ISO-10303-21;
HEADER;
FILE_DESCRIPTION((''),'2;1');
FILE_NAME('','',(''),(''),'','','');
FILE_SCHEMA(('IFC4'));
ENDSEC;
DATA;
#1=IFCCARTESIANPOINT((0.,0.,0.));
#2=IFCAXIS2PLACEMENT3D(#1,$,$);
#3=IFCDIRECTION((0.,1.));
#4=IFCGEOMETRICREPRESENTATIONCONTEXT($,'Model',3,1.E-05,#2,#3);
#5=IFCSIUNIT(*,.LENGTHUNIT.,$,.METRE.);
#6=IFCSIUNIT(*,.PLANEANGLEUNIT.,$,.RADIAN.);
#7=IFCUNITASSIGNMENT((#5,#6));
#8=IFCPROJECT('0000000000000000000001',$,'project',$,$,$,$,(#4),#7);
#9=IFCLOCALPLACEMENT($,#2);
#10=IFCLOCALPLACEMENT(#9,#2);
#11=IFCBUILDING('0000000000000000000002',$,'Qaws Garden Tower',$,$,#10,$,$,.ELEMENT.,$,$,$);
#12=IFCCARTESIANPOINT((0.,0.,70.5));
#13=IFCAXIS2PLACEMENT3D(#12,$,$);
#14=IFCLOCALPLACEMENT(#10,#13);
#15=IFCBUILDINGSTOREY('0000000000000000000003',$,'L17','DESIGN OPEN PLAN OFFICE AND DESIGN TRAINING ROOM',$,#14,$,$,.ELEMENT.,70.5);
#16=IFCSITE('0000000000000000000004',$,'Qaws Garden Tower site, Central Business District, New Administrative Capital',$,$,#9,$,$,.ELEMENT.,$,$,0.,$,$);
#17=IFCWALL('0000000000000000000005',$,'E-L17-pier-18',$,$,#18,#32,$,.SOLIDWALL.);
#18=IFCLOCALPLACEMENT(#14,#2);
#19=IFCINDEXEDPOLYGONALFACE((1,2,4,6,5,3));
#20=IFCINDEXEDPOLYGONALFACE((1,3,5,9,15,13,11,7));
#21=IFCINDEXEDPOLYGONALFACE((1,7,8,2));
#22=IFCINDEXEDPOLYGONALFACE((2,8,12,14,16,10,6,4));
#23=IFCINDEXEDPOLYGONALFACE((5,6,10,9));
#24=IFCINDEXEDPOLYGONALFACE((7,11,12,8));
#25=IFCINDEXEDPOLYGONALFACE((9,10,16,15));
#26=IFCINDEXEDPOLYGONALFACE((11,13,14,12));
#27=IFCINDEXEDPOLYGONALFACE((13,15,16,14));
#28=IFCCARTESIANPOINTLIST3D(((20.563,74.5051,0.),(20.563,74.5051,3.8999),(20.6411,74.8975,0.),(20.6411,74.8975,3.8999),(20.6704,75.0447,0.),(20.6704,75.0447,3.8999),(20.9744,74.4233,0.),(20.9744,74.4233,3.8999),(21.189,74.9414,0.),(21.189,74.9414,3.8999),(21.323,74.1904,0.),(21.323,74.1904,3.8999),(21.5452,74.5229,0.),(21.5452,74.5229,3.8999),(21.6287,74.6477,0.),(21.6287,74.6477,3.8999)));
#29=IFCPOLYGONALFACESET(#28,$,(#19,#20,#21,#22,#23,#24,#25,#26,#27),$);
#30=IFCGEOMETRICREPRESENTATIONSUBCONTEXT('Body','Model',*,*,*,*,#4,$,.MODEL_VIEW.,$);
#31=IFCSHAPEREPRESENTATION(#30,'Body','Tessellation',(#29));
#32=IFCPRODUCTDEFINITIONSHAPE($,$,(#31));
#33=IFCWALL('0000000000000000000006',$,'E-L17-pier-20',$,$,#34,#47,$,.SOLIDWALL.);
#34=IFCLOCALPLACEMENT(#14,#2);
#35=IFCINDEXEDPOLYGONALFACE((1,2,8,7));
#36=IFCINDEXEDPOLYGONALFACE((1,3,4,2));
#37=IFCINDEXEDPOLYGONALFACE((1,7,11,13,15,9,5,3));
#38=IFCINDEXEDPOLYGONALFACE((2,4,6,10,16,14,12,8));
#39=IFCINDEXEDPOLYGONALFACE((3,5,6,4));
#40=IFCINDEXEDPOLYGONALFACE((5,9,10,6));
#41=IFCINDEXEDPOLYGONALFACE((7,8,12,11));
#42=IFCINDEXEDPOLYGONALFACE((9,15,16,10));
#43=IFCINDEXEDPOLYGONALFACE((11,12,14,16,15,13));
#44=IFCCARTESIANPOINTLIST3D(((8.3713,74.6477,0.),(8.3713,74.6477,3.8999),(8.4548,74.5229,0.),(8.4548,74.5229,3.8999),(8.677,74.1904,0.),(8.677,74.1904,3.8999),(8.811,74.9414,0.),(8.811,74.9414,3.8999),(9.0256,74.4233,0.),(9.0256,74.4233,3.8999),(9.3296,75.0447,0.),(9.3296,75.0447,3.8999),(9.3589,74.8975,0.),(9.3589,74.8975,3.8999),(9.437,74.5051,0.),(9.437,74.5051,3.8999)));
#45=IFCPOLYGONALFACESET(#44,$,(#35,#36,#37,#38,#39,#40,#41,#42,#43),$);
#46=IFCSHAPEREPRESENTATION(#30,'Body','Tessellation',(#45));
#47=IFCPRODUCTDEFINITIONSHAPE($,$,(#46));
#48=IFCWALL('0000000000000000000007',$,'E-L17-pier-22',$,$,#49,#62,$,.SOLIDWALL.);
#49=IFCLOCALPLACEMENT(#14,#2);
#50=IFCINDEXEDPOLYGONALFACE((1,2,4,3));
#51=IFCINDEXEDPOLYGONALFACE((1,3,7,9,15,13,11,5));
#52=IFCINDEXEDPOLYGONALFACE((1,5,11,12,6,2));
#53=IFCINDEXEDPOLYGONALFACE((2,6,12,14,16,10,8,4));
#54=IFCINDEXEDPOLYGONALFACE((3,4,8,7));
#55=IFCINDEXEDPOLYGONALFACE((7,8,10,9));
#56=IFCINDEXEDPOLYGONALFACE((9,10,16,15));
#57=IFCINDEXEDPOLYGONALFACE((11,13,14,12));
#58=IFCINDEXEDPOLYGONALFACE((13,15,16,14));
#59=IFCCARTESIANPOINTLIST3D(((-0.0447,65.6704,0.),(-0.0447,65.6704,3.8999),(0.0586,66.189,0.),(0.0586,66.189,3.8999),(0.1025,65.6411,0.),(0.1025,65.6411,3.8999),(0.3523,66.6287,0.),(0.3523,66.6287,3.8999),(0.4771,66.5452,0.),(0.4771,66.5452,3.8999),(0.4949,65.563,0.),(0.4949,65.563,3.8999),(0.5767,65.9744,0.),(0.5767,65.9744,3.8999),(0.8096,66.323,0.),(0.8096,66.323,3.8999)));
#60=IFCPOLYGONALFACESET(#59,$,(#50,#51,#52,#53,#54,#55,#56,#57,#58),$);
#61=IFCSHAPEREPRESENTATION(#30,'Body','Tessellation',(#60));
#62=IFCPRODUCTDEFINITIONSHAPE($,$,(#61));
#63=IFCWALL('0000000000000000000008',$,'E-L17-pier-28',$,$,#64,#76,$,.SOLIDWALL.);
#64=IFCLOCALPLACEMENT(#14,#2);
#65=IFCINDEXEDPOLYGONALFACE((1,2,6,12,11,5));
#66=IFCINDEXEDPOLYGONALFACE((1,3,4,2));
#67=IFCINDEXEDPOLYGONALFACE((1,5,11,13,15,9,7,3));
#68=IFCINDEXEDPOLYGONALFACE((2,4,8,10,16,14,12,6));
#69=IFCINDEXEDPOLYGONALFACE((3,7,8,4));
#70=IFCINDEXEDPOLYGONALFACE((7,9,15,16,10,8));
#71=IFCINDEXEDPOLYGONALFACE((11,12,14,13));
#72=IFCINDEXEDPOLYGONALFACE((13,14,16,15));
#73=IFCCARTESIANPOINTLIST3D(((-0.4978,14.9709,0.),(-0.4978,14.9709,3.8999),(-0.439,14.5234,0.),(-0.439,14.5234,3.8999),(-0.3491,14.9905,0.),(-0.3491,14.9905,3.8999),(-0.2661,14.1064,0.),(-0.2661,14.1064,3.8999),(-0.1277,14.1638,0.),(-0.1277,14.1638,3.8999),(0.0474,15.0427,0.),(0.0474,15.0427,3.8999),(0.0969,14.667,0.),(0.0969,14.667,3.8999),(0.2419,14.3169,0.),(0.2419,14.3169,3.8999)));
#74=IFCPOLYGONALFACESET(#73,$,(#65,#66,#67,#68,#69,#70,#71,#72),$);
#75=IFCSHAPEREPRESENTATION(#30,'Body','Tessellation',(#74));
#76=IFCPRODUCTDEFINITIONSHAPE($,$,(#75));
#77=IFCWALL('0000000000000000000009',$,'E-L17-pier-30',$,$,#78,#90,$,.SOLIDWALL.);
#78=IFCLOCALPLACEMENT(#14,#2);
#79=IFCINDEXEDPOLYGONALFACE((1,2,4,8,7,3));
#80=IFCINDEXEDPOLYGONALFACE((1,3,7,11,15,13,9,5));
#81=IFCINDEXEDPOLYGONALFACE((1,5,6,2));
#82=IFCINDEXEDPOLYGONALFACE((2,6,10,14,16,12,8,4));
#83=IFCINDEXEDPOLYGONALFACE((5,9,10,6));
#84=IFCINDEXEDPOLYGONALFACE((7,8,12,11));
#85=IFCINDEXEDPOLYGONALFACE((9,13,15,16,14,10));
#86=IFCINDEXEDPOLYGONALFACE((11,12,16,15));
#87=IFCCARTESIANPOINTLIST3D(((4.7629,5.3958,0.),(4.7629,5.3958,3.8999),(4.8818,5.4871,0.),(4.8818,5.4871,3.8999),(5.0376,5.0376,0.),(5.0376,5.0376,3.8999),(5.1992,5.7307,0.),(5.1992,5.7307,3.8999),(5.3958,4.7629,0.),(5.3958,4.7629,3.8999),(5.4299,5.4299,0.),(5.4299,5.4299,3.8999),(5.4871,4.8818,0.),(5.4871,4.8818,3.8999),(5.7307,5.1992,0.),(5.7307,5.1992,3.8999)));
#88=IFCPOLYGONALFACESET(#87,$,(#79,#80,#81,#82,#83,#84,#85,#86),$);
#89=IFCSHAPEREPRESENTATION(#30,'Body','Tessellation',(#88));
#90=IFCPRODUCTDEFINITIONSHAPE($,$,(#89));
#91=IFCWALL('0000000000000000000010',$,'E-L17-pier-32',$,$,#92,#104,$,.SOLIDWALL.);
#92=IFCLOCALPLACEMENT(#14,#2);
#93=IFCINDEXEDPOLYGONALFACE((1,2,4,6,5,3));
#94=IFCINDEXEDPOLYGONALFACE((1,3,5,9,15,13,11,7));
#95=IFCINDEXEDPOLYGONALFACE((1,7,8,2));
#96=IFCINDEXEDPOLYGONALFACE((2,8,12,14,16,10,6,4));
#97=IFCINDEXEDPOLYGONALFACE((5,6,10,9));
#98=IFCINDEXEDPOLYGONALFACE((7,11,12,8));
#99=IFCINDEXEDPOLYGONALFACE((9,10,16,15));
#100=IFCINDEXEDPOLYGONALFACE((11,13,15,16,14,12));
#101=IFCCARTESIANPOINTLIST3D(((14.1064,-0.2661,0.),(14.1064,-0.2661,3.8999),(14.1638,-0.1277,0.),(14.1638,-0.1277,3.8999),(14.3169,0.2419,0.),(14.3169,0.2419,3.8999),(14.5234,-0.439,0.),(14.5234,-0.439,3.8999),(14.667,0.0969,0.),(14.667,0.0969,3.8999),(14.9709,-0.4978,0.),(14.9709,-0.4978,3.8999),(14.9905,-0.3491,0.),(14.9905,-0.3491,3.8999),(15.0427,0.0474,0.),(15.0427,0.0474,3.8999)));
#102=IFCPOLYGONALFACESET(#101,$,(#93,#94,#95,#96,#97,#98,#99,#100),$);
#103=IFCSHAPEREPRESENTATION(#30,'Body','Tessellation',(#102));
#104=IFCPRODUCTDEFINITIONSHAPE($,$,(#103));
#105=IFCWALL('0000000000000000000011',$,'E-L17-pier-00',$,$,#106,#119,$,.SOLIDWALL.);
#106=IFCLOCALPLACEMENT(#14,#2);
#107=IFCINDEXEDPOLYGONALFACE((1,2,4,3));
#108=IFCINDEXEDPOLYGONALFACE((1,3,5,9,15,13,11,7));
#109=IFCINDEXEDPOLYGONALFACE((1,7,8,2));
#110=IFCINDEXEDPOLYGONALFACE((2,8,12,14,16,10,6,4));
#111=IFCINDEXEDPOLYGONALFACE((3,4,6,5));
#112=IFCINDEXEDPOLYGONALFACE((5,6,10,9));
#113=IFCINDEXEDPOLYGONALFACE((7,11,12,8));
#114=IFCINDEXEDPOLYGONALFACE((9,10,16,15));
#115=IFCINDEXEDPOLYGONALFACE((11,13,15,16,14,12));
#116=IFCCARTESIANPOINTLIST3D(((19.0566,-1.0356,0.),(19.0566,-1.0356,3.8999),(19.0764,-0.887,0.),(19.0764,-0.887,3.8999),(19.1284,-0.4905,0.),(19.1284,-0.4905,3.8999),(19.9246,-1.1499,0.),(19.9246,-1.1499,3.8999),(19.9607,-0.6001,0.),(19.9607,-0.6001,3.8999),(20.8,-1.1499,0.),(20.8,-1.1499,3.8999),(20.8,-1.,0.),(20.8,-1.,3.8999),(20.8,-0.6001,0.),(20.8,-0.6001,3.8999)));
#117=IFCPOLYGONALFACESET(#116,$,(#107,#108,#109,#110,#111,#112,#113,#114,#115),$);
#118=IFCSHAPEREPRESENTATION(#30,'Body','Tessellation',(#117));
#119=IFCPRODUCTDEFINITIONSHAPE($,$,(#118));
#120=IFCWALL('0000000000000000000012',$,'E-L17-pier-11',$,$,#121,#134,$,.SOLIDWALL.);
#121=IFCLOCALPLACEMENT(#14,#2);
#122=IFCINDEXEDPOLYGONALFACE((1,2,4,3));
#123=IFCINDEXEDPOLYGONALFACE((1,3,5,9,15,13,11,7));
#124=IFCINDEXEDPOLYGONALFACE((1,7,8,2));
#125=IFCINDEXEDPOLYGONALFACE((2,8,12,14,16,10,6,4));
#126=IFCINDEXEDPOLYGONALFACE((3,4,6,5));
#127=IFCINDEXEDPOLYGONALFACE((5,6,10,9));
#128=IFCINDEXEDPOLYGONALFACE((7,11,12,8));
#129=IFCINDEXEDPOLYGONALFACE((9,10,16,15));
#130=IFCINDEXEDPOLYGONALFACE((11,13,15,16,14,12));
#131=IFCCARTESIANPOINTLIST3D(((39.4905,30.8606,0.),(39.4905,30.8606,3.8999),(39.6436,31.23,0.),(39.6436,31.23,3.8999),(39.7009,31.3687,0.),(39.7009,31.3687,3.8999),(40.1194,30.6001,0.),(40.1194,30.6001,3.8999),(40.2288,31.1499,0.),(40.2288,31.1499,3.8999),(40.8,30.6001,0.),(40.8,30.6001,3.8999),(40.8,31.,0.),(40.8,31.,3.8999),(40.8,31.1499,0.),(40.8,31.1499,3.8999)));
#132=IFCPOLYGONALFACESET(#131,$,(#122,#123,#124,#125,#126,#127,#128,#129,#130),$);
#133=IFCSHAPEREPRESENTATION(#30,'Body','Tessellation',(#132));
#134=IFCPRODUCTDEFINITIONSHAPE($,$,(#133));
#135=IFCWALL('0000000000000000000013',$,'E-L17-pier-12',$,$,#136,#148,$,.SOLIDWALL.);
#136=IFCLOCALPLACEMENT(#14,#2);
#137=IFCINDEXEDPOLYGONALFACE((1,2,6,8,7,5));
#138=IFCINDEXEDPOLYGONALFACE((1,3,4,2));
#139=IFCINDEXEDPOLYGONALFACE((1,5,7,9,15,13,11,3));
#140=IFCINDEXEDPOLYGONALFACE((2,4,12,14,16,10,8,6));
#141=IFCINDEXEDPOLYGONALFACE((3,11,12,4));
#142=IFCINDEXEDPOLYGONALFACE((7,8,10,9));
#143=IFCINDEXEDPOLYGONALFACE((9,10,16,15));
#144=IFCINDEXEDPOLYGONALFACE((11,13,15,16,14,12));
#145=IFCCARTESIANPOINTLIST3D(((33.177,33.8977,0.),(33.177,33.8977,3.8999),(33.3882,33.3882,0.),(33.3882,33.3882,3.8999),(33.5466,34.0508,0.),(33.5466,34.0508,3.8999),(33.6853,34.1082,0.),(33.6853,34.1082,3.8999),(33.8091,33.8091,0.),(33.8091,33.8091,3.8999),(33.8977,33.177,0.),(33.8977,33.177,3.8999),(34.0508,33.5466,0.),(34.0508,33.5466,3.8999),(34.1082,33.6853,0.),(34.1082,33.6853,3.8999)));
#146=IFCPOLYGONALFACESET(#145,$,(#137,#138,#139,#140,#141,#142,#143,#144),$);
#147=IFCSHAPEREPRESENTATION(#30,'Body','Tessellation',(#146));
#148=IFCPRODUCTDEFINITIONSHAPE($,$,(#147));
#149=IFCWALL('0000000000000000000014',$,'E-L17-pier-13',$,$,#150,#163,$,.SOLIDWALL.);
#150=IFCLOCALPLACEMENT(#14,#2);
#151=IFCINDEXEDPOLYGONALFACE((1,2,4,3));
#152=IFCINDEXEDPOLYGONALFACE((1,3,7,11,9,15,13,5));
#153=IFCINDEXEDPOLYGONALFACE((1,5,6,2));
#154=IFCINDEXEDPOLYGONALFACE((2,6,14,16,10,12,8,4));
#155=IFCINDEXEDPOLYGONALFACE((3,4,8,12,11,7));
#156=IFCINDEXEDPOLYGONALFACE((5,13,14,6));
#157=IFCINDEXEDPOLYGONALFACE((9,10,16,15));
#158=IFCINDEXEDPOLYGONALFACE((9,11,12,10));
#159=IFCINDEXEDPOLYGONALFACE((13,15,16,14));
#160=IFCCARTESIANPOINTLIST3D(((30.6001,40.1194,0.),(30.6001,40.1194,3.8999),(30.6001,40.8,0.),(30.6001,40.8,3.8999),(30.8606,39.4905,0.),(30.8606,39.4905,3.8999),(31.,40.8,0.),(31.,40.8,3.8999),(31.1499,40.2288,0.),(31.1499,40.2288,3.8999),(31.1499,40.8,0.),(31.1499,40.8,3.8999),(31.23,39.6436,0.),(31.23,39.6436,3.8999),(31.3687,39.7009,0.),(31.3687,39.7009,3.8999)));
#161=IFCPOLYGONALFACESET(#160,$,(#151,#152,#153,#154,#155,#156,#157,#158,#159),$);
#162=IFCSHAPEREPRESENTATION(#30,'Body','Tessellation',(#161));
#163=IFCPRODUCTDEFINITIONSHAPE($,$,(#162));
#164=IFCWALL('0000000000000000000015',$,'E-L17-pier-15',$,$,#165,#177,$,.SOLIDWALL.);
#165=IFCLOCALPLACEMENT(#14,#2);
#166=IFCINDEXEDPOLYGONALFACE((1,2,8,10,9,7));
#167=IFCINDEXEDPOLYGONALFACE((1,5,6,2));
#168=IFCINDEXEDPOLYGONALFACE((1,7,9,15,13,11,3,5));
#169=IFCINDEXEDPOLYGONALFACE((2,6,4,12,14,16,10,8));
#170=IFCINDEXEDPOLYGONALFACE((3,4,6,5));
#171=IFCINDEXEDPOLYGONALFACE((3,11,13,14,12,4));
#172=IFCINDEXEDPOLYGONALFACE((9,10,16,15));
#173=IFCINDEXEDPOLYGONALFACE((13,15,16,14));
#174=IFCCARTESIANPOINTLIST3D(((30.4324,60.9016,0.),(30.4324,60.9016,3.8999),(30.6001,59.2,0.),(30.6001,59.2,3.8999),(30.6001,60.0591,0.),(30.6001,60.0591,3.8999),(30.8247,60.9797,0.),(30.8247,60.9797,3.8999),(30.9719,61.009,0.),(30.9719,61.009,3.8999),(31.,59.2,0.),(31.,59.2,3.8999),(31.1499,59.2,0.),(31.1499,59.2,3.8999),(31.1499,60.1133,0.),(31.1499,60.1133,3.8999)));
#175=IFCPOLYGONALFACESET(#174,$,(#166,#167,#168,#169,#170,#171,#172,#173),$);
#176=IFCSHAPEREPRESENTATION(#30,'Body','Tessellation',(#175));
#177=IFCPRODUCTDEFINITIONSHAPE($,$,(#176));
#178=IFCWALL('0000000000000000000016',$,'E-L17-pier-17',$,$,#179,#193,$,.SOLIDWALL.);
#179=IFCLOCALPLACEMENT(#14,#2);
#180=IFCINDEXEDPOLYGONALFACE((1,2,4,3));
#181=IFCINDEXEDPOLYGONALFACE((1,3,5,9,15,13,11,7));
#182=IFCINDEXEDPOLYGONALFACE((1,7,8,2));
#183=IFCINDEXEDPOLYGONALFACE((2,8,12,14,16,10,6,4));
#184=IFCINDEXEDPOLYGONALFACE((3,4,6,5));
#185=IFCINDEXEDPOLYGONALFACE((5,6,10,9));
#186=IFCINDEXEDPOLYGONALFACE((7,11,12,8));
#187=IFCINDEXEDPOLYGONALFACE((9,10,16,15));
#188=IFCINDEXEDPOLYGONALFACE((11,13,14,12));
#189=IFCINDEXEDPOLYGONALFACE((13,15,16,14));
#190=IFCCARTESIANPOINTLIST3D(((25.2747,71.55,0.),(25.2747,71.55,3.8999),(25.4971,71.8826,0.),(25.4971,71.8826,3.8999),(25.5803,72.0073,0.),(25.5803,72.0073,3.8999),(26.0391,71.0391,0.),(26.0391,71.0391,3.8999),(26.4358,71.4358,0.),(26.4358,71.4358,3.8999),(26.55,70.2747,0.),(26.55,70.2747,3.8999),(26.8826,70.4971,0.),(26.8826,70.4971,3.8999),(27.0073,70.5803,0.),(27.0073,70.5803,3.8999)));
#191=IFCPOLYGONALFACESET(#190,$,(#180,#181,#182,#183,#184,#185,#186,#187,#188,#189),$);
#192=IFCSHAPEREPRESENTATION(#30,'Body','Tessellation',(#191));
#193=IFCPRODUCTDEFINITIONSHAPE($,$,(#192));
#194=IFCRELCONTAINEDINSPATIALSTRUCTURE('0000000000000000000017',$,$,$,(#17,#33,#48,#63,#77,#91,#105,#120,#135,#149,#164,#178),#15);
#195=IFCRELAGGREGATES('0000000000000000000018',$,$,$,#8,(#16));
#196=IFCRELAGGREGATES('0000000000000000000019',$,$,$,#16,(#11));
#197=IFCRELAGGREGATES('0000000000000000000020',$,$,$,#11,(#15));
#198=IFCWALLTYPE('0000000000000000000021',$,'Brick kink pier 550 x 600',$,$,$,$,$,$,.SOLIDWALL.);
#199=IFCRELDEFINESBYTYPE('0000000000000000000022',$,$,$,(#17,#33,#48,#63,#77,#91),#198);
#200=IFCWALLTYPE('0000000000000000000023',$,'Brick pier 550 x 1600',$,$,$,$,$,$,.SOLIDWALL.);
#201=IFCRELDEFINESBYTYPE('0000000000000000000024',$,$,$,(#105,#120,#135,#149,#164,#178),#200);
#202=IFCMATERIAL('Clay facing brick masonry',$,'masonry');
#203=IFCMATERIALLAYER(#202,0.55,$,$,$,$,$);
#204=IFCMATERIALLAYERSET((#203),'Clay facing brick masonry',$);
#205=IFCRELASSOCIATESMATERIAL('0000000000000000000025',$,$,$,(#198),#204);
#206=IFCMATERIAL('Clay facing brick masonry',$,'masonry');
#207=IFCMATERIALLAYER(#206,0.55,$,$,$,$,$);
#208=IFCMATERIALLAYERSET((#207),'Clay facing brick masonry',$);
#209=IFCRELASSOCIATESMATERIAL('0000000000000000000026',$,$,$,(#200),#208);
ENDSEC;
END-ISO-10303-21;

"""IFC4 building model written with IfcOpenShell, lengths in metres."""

from ifc_helpers import new_model, si_unit, direction, frame, origin, place, context, subcontext, project, spatial, polyline, outline, extrude, material, layer, layer_set, type_object, element, save


model = new_model("IFC4")

# Units and contexts
model_context = context("Model", 3, precision=1e-05, world=origin(), true_north=direction((0.0, 1.0)))
body_context = subcontext(model_context, "Body", "Model", "MODEL_VIEW")
ifc_project = project(units=[si_unit("LENGTHUNIT", "METRE"), si_unit("PLANEANGLEUNIT", "RADIAN")], contexts=[model_context])

# Site, building, storey
site_placement = place(None, origin())
site = spatial("IfcSite", under=ifc_project, at=site_placement, Name="Qaws Garden Tower site, Central Business District, New Administrative Capital", CompositionType="ELEMENT", RefElevation=0.0)
building_placement = place(site_placement, origin())
building = spatial("IfcBuilding", under=site, at=building_placement, Name="Qaws Garden Tower", CompositionType="ELEMENT")
storey_placement = place(building_placement, frame((0.0, 0.0, 70.5)))
storey = spatial("IfcBuildingStorey", under=building, at=storey_placement, Name="L17", Description="DESIGN OPEN PLAN OFFICE AND DESIGN TRAINING ROOM", CompositionType="ELEMENT", Elevation=70.5)

# Walls
placement = place(storey_placement, origin())
ifc_material_1 = material(Name="Clay facing brick masonry", Category="masonry")
ifc_layer_1 = layer(ifc_material_1, 0.55)
ifc_layer_set_1 = layer_set([ifc_layer_1], Name="Clay facing brick masonry")
wall_type_1 = type_object("IfcWallType", Name="Brick kink pier 550 x 600", PredefinedType="SOLIDWALL", material=ifc_layer_set_1)
element("IfcWall", 1, at=placement, inside=storey, type_object=wall_type_1, Name="E-L17-pier-18", PredefinedType="SOLIDWALL", context=body_context, shape_type="SweptSolid", body=[
    extrude(outline(polyline([(21.5452, 74.5229), (21.6287, 74.6477), (21.189, 74.9414), (20.6704, 75.0447), (20.6411, 74.8975), (20.563, 74.5051), (20.9744, 74.4233), (21.323, 74.1904), (21.5452, 74.5229)])), origin(), (0.0, 0.0, 1.0), 3.8999),
])
element("IfcWall", 2, at=placement, inside=storey, type_object=wall_type_1, Name="E-L17-pier-20", PredefinedType="SOLIDWALL", context=body_context, shape_type="SweptSolid", body=[
    extrude(outline(polyline([(9.3589, 74.8975), (9.3296, 75.0447), (8.811, 74.9414), (8.3713, 74.6477), (8.4548, 74.5229), (8.677, 74.1904), (9.0256, 74.4233), (9.437, 74.5051), (9.3589, 74.8975)])), origin(), (0.0, 0.0, 1.0), 3.8999),
])
element("IfcWall", 3, at=placement, inside=storey, type_object=wall_type_1, Name="E-L17-pier-22", PredefinedType="SOLIDWALL", context=body_context, shape_type="SweptSolid", body=[
    extrude(outline(polyline([(0.4771, 66.5452), (0.3523, 66.6287), (0.0586, 66.189), (-0.0447, 65.6704), (0.1025, 65.6411), (0.4949, 65.563), (0.5767, 65.9744), (0.8096, 66.323), (0.4771, 66.5452)])), origin(), (0.0, 0.0, 1.0), 3.8999),
])
element("IfcWall", 4, at=placement, inside=storey, type_object=wall_type_1, Name="E-L17-pier-28", PredefinedType="SOLIDWALL", context=body_context, shape_type="SweptSolid", body=[
    extrude(outline(polyline([(-0.3491, 14.9905), (-0.4978, 14.9709), (-0.439, 14.5234), (-0.2661, 14.1064), (-0.1277, 14.1638), (0.2419, 14.3169), (0.0969, 14.667), (0.0474, 15.0427), (-0.3491, 14.9905)])), origin(), (0.0, 0.0, 1.0), 3.8999),
])
element("IfcWall", 5, at=placement, inside=storey, type_object=wall_type_1, Name="E-L17-pier-30", PredefinedType="SOLIDWALL", context=body_context, shape_type="SweptSolid", body=[
    extrude(outline(polyline([(4.8818, 5.4871), (4.7629, 5.3958), (5.0376, 5.0376), (5.3958, 4.7629), (5.4871, 4.8818), (5.7307, 5.1992), (5.4299, 5.4299), (5.1992, 5.7307), (4.8818, 5.4871)])), origin(), (0.0, 0.0, 1.0), 3.8999),
])
element("IfcWall", 6, at=placement, inside=storey, type_object=wall_type_1, Name="E-L17-pier-32", PredefinedType="SOLIDWALL", context=body_context, shape_type="SweptSolid", body=[
    extrude(outline(polyline([(14.1638, -0.1277), (14.1064, -0.2661), (14.5234, -0.439), (14.9709, -0.4978), (14.9905, -0.3491), (15.0427, 0.0474), (14.667, 0.0969), (14.3169, 0.2419), (14.1638, -0.1277)])), origin(), (0.0, 0.0, 1.0), 3.8999),
])
ifc_material_2 = material(Name="Clay facing brick masonry", Category="masonry")
ifc_layer_2 = layer(ifc_material_2, 0.55)
ifc_layer_set_2 = layer_set([ifc_layer_2], Name="Clay facing brick masonry")
wall_type_2 = type_object("IfcWallType", Name="Brick pier 550 x 1600", PredefinedType="SOLIDWALL", material=ifc_layer_set_2)
element("IfcWall", 7, at=placement, inside=storey, type_object=wall_type_2, Name="E-L17-pier-00", PredefinedType="SOLIDWALL", context=body_context, shape_type="SweptSolid", body=[
    extrude(outline(polyline([(19.0764, -0.887), (19.0566, -1.0356), (19.9246, -1.1499), (20.8, -1.1499), (20.8, -1.0), (20.8, -0.6001), (19.9607, -0.6001), (19.1284, -0.4905), (19.0764, -0.887)])), origin(), (0.0, 0.0, 1.0), 3.8999),
])
element("IfcWall", 8, at=placement, inside=storey, type_object=wall_type_2, Name="E-L17-pier-11", PredefinedType="SOLIDWALL", context=body_context, shape_type="SweptSolid", body=[
    extrude(outline(polyline([(40.8, 31.0), (40.8, 31.1499), (40.2288, 31.1499), (39.7009, 31.3687), (39.6436, 31.23), (39.4905, 30.8606), (40.1194, 30.6001), (40.8, 30.6001), (40.8, 31.0)])), origin(), (0.0, 0.0, 1.0), 3.8999),
])
element("IfcWall", 9, at=placement, inside=storey, type_object=wall_type_2, Name="E-L17-pier-12", PredefinedType="SOLIDWALL", context=body_context, shape_type="SweptSolid", body=[
    extrude(outline(polyline([(34.0508, 33.5466), (34.1082, 33.6853), (33.8091, 33.8091), (33.6853, 34.1082), (33.5466, 34.0508), (33.177, 33.8977), (33.3882, 33.3882), (33.8977, 33.177), (34.0508, 33.5466)])), origin(), (0.0, 0.0, 1.0), 3.8999),
])
element("IfcWall", 10, at=placement, inside=storey, type_object=wall_type_2, Name="E-L17-pier-13", PredefinedType="SOLIDWALL", context=body_context, shape_type="SweptSolid", body=[
    extrude(outline(polyline([(31.23, 39.6436), (31.3687, 39.7009), (31.1499, 40.2288), (31.1499, 40.8), (31.0, 40.8), (30.6001, 40.8), (30.6001, 40.1194), (30.8606, 39.4905), (31.23, 39.6436)])), origin(), (0.0, 0.0, 1.0), 3.8999),
])
element("IfcWall", 11, at=placement, inside=storey, type_object=wall_type_2, Name="E-L17-pier-15", PredefinedType="SOLIDWALL", context=body_context, shape_type="SweptSolid", body=[
    extrude(outline(polyline([(31.0, 59.2), (31.1499, 59.2), (31.1499, 60.1133), (30.9719, 61.009), (30.8247, 60.9797), (30.4324, 60.9016), (30.6001, 60.0591), (30.6001, 59.2), (31.0, 59.2)])), origin(), (0.0, 0.0, 1.0), 3.8999),
])
element("IfcWall", 12, at=placement, inside=storey, type_object=wall_type_2, Name="E-L17-pier-17", PredefinedType="SOLIDWALL", context=body_context, shape_type="SweptSolid", body=[
    extrude(outline(polyline([(26.8826, 70.4971), (27.0073, 70.5803), (26.4358, 71.4358), (25.5803, 72.0073), (25.4971, 71.8826), (25.2747, 71.55), (26.0391, 71.0391), (26.55, 70.2747), (26.8826, 70.4971)])), origin(), (0.0, 0.0, 1.0), 3.8999),
])

save(model, "model.ifc")
